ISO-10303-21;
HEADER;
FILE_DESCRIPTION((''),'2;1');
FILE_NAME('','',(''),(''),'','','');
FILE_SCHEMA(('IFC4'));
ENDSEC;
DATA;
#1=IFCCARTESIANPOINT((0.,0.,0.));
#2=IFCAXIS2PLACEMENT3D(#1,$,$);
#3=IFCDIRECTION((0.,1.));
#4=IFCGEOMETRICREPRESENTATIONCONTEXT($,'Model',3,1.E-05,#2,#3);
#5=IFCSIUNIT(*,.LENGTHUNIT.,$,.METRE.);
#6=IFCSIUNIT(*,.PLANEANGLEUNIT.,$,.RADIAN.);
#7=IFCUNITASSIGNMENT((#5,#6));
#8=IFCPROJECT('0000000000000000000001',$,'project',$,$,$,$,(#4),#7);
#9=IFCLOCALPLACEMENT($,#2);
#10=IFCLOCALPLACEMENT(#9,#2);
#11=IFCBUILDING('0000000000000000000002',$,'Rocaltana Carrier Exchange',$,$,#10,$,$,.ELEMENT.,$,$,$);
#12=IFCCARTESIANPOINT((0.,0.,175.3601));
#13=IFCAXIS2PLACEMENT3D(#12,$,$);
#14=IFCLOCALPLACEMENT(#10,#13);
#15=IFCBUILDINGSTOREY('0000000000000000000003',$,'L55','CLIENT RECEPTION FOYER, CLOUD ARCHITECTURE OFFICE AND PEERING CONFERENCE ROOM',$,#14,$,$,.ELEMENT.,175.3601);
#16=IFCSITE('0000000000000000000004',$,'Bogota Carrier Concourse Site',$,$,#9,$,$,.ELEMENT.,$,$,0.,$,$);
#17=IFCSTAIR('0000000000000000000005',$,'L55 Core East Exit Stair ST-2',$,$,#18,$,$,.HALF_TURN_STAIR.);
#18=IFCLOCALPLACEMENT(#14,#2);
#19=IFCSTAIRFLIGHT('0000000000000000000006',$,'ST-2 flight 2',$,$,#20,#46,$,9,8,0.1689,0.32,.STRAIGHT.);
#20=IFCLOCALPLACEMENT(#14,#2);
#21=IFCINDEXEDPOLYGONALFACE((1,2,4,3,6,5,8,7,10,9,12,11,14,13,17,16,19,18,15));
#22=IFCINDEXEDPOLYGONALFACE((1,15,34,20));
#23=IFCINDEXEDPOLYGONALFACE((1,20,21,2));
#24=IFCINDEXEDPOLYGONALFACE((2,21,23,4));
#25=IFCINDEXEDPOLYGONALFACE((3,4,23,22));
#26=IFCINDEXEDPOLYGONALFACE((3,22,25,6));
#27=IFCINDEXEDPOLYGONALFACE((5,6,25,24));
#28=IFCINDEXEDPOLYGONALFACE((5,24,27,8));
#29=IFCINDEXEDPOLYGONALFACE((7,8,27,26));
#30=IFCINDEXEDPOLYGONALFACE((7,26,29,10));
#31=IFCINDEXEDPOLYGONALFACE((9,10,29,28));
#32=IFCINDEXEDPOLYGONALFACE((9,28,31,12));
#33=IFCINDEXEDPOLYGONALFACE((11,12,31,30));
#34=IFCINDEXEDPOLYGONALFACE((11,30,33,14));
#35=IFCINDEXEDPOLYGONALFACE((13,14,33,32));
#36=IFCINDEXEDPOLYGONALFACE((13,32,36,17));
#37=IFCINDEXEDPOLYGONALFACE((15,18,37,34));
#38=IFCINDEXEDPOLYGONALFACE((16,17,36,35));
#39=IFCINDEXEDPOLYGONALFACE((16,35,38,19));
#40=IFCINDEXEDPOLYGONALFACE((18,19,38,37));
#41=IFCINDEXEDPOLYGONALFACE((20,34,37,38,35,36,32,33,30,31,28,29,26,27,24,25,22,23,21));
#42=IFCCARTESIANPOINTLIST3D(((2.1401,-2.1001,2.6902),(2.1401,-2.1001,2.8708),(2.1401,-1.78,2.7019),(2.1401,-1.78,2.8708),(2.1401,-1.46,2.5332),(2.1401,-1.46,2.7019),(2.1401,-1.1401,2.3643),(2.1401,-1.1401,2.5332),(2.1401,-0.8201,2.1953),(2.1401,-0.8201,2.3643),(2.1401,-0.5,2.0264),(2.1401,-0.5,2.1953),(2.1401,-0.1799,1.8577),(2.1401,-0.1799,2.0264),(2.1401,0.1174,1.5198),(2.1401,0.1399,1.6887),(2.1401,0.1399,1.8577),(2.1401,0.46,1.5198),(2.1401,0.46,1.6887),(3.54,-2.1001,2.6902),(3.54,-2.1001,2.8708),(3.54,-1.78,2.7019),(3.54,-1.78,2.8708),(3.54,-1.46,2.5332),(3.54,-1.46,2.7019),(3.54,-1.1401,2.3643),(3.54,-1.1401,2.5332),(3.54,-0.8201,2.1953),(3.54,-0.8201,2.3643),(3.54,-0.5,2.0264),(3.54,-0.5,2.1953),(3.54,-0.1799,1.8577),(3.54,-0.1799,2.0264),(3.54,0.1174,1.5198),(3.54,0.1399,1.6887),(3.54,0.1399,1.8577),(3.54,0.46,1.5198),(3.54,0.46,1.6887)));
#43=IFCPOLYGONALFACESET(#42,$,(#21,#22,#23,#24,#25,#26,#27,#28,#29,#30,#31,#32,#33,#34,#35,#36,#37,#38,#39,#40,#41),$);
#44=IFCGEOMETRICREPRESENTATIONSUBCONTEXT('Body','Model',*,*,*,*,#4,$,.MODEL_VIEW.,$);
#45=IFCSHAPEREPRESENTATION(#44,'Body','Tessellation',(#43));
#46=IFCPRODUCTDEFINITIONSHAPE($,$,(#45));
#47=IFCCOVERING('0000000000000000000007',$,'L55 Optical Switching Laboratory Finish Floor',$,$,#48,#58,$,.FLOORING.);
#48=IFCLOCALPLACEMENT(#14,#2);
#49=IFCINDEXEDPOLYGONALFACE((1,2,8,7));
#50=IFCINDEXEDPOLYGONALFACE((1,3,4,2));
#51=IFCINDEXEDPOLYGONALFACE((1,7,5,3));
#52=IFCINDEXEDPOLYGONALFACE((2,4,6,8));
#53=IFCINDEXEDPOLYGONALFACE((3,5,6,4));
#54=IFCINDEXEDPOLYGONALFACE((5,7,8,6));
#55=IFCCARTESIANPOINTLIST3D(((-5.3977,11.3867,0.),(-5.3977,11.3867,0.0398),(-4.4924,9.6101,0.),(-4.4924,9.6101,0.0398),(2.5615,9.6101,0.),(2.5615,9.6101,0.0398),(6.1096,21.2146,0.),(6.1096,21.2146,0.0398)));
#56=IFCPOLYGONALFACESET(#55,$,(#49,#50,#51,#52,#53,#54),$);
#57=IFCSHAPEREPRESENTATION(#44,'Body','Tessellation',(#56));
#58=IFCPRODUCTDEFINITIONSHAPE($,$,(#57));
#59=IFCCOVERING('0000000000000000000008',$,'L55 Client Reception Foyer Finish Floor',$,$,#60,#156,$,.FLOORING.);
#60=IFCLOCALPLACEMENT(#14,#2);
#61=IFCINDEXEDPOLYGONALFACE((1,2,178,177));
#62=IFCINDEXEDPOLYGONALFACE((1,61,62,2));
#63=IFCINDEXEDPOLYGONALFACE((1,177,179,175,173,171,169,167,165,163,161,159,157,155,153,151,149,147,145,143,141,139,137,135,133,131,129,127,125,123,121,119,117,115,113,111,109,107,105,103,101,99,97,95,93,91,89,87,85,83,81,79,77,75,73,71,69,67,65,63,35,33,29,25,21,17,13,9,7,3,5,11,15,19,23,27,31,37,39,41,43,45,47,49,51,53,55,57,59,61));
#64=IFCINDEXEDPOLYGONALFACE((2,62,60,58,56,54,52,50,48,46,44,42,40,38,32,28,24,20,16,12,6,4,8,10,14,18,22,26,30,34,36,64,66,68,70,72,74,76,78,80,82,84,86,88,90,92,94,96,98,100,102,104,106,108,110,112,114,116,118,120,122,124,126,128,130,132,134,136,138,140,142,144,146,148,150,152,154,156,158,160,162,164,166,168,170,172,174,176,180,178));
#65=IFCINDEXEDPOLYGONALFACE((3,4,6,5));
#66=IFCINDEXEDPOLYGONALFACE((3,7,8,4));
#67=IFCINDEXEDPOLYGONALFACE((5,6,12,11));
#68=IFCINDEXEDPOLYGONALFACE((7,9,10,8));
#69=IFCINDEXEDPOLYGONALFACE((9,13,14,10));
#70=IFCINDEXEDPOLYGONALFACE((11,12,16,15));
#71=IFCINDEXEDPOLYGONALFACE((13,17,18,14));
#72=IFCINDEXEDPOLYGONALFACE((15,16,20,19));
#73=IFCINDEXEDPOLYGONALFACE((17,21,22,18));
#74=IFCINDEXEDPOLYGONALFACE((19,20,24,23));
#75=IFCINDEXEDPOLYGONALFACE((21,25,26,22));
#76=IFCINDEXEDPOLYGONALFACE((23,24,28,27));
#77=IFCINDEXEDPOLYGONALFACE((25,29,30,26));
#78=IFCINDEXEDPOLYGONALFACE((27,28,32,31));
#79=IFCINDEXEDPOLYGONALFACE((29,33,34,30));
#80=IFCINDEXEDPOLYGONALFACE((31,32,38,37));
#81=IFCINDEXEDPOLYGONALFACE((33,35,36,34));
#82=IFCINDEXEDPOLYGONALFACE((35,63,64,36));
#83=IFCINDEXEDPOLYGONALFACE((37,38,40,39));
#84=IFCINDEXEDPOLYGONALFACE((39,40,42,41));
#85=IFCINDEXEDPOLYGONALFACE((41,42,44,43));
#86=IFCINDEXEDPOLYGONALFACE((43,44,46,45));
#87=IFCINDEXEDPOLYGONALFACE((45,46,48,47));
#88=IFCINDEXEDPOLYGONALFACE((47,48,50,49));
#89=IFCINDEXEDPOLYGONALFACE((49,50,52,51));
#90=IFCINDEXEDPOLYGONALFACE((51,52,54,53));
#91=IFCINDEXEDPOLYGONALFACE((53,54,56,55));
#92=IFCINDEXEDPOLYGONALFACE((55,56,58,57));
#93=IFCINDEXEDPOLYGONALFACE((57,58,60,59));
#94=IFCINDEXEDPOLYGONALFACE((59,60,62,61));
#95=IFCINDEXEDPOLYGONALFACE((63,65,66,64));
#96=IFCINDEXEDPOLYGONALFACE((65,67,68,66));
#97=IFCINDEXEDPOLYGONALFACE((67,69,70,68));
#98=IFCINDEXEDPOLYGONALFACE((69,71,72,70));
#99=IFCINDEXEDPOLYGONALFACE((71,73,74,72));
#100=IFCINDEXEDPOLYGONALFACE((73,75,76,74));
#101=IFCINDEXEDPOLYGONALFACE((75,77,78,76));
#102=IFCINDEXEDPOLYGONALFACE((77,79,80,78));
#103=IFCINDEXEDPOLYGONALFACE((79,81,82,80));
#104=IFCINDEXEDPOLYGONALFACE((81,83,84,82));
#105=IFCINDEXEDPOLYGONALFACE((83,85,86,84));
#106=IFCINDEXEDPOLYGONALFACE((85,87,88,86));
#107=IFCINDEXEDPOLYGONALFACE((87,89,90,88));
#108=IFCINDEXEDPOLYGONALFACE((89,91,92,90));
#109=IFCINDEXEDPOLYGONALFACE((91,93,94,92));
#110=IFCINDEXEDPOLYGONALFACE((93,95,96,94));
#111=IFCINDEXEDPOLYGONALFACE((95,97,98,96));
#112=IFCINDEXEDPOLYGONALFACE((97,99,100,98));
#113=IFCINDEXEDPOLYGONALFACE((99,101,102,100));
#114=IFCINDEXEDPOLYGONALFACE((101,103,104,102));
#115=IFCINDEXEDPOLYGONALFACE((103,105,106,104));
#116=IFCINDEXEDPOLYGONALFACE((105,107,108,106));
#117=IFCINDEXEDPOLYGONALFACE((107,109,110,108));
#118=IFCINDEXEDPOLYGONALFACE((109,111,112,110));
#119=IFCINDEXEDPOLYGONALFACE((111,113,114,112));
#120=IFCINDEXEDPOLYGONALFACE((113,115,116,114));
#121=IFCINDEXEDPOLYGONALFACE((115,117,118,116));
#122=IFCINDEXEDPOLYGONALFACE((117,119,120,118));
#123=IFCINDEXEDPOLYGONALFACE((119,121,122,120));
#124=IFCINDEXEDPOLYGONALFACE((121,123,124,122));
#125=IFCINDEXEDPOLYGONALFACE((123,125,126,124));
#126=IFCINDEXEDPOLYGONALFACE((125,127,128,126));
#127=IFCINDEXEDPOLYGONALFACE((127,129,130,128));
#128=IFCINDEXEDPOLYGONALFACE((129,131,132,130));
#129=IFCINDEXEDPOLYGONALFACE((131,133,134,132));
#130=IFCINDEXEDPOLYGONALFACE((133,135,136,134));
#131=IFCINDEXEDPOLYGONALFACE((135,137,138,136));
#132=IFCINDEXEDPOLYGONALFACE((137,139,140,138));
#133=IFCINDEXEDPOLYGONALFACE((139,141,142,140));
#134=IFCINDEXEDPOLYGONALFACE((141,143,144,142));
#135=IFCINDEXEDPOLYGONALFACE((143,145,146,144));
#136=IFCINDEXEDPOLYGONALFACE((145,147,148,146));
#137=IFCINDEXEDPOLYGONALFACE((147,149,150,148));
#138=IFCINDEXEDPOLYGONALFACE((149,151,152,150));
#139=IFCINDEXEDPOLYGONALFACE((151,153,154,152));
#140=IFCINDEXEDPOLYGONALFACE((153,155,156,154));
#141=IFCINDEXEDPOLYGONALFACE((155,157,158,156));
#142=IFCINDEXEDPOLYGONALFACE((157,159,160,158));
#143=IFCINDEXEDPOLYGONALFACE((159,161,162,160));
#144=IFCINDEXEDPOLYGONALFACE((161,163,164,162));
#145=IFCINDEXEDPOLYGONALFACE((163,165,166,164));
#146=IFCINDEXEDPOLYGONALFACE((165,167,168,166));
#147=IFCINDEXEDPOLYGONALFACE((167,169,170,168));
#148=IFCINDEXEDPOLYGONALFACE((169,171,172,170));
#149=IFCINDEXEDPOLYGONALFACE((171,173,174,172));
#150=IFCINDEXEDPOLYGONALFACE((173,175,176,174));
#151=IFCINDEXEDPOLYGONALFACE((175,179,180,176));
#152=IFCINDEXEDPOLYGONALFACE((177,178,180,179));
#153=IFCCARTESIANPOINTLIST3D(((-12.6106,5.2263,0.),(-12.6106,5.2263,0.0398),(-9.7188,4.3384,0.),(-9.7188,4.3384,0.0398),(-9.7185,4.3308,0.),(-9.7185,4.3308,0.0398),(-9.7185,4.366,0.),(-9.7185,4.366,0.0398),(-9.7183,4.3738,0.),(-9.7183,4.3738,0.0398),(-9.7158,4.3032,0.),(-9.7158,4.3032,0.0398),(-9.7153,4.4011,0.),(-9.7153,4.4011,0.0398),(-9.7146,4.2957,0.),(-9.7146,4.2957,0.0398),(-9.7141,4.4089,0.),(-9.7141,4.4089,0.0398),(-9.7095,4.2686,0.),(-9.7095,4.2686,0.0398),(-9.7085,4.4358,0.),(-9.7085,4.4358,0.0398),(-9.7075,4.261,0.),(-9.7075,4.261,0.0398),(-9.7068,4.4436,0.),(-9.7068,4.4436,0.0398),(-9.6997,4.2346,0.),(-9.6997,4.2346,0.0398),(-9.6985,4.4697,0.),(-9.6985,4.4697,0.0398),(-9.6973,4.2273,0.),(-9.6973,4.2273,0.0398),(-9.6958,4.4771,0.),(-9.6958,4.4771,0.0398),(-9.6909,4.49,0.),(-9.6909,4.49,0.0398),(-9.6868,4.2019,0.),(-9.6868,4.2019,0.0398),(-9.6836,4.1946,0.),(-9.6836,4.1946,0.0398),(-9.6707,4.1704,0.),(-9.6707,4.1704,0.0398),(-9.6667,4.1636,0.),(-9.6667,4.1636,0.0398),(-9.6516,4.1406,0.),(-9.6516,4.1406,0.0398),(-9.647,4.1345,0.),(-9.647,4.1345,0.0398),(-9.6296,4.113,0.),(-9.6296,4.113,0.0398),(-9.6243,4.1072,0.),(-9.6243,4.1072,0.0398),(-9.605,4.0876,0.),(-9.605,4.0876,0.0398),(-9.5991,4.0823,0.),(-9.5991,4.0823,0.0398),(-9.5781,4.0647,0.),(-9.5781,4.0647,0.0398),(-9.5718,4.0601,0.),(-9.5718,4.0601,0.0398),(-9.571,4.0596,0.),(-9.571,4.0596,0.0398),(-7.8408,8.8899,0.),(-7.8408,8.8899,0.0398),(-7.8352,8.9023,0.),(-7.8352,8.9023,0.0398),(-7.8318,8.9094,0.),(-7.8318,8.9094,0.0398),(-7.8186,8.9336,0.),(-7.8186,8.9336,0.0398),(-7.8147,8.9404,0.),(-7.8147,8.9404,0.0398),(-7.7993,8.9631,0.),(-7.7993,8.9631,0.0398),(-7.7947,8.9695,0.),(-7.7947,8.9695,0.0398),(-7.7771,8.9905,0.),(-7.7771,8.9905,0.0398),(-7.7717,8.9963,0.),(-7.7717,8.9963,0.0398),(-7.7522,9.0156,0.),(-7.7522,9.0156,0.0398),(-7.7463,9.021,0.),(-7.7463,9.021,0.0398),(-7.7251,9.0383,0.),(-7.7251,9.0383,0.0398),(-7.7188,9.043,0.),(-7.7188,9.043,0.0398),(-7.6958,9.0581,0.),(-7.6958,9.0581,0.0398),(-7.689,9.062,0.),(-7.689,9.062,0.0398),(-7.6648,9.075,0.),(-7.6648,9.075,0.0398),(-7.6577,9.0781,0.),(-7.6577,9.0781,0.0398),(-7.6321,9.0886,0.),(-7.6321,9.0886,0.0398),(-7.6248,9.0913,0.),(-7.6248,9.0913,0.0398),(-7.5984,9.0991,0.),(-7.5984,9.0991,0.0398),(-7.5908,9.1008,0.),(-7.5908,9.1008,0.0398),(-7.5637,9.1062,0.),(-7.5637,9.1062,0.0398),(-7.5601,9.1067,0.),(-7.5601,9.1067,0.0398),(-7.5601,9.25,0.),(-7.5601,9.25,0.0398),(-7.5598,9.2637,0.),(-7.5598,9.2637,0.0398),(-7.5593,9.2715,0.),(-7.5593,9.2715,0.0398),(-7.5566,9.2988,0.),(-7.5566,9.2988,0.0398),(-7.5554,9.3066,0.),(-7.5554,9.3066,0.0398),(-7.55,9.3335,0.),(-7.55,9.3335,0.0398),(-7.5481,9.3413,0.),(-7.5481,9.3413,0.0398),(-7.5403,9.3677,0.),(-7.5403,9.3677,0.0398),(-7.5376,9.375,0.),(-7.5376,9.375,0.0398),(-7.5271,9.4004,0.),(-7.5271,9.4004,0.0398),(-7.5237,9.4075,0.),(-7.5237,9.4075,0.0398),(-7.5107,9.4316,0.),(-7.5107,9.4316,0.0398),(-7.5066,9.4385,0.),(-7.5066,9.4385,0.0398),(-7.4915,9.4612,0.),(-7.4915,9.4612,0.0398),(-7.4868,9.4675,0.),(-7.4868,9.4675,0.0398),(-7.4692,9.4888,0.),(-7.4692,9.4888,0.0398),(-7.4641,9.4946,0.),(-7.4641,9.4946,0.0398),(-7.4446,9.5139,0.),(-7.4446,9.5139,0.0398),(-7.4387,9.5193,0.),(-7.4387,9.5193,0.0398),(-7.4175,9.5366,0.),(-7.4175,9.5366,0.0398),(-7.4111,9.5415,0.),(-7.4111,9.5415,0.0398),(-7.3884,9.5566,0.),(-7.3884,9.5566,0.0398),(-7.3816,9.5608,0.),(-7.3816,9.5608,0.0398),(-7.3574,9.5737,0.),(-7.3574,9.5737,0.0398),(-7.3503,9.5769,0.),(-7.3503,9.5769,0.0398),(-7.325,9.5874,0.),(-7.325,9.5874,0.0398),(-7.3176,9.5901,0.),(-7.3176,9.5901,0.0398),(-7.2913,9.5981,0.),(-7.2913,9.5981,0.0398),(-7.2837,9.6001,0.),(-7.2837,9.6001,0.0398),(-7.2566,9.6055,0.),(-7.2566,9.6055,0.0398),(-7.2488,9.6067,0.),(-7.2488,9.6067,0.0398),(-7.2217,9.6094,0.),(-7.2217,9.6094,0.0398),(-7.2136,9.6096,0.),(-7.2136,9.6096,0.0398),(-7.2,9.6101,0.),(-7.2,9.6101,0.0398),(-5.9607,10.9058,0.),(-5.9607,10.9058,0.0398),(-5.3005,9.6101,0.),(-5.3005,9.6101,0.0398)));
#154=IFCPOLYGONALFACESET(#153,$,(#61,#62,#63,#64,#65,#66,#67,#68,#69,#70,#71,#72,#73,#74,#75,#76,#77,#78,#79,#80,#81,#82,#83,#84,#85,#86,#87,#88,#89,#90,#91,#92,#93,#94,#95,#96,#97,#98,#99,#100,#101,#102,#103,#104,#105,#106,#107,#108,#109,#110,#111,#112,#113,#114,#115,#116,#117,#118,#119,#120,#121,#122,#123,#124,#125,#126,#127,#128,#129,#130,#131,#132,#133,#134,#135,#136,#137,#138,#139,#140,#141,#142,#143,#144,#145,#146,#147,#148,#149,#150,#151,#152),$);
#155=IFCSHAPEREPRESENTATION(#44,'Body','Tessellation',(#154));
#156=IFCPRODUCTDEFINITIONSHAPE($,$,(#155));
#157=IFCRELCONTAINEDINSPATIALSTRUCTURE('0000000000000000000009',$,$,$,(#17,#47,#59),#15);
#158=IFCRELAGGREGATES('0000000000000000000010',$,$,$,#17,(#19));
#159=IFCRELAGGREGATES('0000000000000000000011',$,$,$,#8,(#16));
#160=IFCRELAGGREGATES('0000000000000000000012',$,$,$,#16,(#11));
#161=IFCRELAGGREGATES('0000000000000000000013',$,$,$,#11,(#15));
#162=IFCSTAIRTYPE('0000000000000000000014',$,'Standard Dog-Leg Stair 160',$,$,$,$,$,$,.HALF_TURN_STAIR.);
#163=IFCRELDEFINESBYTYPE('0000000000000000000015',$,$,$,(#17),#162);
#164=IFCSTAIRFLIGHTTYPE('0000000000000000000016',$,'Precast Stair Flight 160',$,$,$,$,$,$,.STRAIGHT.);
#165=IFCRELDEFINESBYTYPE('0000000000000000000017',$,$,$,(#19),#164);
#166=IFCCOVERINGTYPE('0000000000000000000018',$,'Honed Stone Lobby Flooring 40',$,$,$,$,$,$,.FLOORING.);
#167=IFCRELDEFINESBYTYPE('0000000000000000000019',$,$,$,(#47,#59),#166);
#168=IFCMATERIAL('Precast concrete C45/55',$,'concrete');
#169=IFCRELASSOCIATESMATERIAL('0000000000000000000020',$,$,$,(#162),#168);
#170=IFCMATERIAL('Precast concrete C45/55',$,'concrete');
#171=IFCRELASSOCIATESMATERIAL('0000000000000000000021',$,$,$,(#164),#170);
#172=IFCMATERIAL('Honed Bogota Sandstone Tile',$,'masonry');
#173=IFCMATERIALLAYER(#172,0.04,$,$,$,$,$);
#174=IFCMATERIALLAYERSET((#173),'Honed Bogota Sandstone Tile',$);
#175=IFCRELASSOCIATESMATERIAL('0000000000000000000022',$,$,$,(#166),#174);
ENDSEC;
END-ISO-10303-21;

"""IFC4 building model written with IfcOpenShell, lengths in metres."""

from ifc_helpers import new_model, si_unit, direction, frame, origin, place, context, subcontext, project, spatial, polyline, outline, extrude, material, layer, layer_set, type_object, element, aggregate, save


model = new_model("IFC4")

# Units and contexts
model_context = context("Model", 3, precision=1e-05, world=origin(), true_north=direction((0.0, 1.0)))
body_context = subcontext(model_context, "Body", "Model", "MODEL_VIEW")
ifc_project = project(units=[si_unit("LENGTHUNIT", "METRE"), si_unit("PLANEANGLEUNIT", "RADIAN")], contexts=[model_context])

# Site, building, storey
site_placement = place(None, origin())
site = spatial("IfcSite", under=ifc_project, at=site_placement, Name="Bogota Carrier Concourse Site", CompositionType="ELEMENT", RefElevation=0.0)
building_placement = place(site_placement, origin())
building = spatial("IfcBuilding", under=site, at=building_placement, Name="Rocaltana Carrier Exchange", CompositionType="ELEMENT")
storey_placement = place(building_placement, frame((0.0, 0.0, 175.3601)))
storey = spatial("IfcBuildingStorey", under=building, at=storey_placement, Name="L55", Description="CLIENT RECEPTION FOYER, CLOUD ARCHITECTURE OFFICE AND PEERING CONFERENCE ROOM", CompositionType="ELEMENT", Elevation=175.3601)

# Stair, stair flight
ifc_material_1 = material(Name="Precast concrete C45/55", Category="concrete")
stair_type = type_object("IfcStairType", Name="Standard Dog-Leg Stair 160", PredefinedType="HALF_TURN_STAIR", material=ifc_material_1)
stair_placement = place(storey_placement, origin())
stair = element("IfcStair", 1, at=stair_placement, inside=storey, type_object=stair_type, Name="L55 Core East Exit Stair ST-2", PredefinedType="HALF_TURN_STAIR")
ifc_material_2 = material(Name="Precast concrete C45/55", Category="concrete")
stair_flight_type = type_object("IfcStairFlightType", Name="Precast Stair Flight 160", PredefinedType="STRAIGHT", material=ifc_material_2)
stair_flight_placement = place(storey_placement, frame((2.8401, 0.46, 1.5198), z_axis=(0.0, 0.0, 1.0), x_axis=(0.0, -1.0, 0.0)))
stair_flight = element("IfcStairFlight", 2, at=stair_flight_placement, type_object=stair_flight_type, Name="ST-2 flight 2", NumberOfRisers=9, NumberOfTreads=8, PredefinedType="STRAIGHT", RiserHeight=0.1689, TreadLength=0.32, context=body_context, shape_type="SweptSolid", body=[
    extrude(outline(polyline([(0.0, 0.0), (0.0, 0.1689), (0.3201, 0.1689), (0.3201, 0.3379), (0.6399, 0.3379), (0.6399, 0.5066), (0.96, 0.5066), (0.96, 0.6755), (1.28, 0.6755), (1.28, 0.8445), (1.6001, 0.8445), (1.6001, 1.0134), (1.9199, 1.0134), (1.9199, 1.1821), (2.24, 1.1821), (2.24, 1.3511), (2.5601, 1.3511), (2.5601, 1.52), (2.5601, 1.1704), (0.3425, 0.0), (0.0, 0.0)])), frame((0.0, 0.7, 0.0), z_axis=(0.0, -1.0, 0.0), x_axis=(1.0, 0.0, 0.0)), (0.0, 0.0, 1.0), 1.3999),
])
aggregate(stair, [stair_flight])

# Coverings
ifc_material_3 = material(Name="Honed Bogota Sandstone Tile", Category="masonry")
ifc_layer_1 = layer(ifc_material_3, 0.04)
ifc_layer_set_1 = layer_set([ifc_layer_1], Name="Honed Bogota Sandstone Tile")
covering_type_1 = type_object("IfcCoveringType", Name="Honed Stone Lobby Flooring 40", PredefinedType="FLOORING", material=ifc_layer_set_1)
covering_1_placement = place(storey_placement, origin())
element("IfcCovering", 3, at=covering_1_placement, inside=storey, type_object=covering_type_1, Name="L55 Optical Switching Laboratory Finish Floor", PredefinedType="FLOORING", context=body_context, shape_type="SweptSolid", body=[
    extrude(outline(polyline([(6.1096, 21.2146), (2.5615, 9.6101), (-4.4924, 9.6101), (-5.3977, 11.3867), (6.1096, 21.2146)])), origin(), (0.0, 0.0, 1.0), 0.0398),
])
covering_2_placement = place(storey_placement, origin())
element("IfcCovering", 4, at=covering_2_placement, inside=storey, type_object=covering_type_1, Name="L55 Client Reception Foyer Finish Floor", PredefinedType="FLOORING", context=body_context, shape_type="SweptSolid", body=[
    extrude(outline(polyline([(-9.571, 4.0596), (-12.6106, 5.2263), (-5.9607, 10.9058), (-5.3005, 9.6101), (-7.2, 9.6101), (-7.2136, 9.6096), (-7.2217, 9.6094), (-7.2488, 9.6067), (-7.2566, 9.6055), (-7.2837, 9.6001), (-7.2913, 9.5981), (-7.3176, 9.5901), (-7.325, 9.5874), (-7.3503, 9.5769), (-7.3574, 9.5737), (-7.3816, 9.5608), (-7.3884, 9.5566), (-7.4111, 9.5415), (-7.4175, 9.5366), (-7.4387, 9.5193), (-7.4446, 9.5139), (-7.4641, 9.4946), (-7.4692, 9.4888), (-7.4868, 9.4675), (-7.4915, 9.4612), (-7.5066, 9.4385), (-7.5107, 9.4316), (-7.5237, 9.4075), (-7.5271, 9.4004), (-7.5376, 9.375), (-7.5403, 9.3677), (-7.5481, 9.3413), (-7.55, 9.3335), (-7.5554, 9.3066), (-7.5566, 9.2988), (-7.5593, 9.2715), (-7.5598, 9.2637), (-7.5601, 9.25), (-7.5601, 9.1067), (-7.5637, 9.1062), (-7.5908, 9.1008), (-7.5984, 9.0991), (-7.6248, 9.0913), (-7.6321, 9.0886), (-7.6577, 9.0781), (-7.6648, 9.075), (-7.689, 9.062), (-7.6958, 9.0581), (-7.7188, 9.043), (-7.7251, 9.0383), (-7.7463, 9.021), (-7.7522, 9.0156), (-7.7717, 8.9963), (-7.7771, 8.9905), (-7.7947, 8.9695), (-7.7993, 8.9631), (-7.8147, 8.9404), (-7.8186, 8.9336), (-7.8318, 8.9094), (-7.8352, 8.9023), (-7.8408, 8.8899), (-9.6909, 4.49), (-9.6958, 4.4771), (-9.6985, 4.4697), (-9.7068, 4.4436), (-9.7085, 4.4358), (-9.7141, 4.4089), (-9.7153, 4.4011), (-9.7183, 4.3738), (-9.7185, 4.366), (-9.7188, 4.3384), (-9.7185, 4.3308), (-9.7158, 4.3032), (-9.7146, 4.2957), (-9.7095, 4.2686), (-9.7075, 4.261), (-9.6997, 4.2346), (-9.6973, 4.2273), (-9.6868, 4.2019), (-9.6836, 4.1946), (-9.6707, 4.1704), (-9.6667, 4.1636), (-9.6516, 4.1406), (-9.647, 4.1345), (-9.6296, 4.113), (-9.6243, 4.1072), (-9.605, 4.0876), (-9.5991, 4.0823), (-9.5781, 4.0647), (-9.5718, 4.0601), (-9.571, 4.0596)])), origin(), (0.0, 0.0, 1.0), 0.0398),
])

save(model, "model.ifc")
